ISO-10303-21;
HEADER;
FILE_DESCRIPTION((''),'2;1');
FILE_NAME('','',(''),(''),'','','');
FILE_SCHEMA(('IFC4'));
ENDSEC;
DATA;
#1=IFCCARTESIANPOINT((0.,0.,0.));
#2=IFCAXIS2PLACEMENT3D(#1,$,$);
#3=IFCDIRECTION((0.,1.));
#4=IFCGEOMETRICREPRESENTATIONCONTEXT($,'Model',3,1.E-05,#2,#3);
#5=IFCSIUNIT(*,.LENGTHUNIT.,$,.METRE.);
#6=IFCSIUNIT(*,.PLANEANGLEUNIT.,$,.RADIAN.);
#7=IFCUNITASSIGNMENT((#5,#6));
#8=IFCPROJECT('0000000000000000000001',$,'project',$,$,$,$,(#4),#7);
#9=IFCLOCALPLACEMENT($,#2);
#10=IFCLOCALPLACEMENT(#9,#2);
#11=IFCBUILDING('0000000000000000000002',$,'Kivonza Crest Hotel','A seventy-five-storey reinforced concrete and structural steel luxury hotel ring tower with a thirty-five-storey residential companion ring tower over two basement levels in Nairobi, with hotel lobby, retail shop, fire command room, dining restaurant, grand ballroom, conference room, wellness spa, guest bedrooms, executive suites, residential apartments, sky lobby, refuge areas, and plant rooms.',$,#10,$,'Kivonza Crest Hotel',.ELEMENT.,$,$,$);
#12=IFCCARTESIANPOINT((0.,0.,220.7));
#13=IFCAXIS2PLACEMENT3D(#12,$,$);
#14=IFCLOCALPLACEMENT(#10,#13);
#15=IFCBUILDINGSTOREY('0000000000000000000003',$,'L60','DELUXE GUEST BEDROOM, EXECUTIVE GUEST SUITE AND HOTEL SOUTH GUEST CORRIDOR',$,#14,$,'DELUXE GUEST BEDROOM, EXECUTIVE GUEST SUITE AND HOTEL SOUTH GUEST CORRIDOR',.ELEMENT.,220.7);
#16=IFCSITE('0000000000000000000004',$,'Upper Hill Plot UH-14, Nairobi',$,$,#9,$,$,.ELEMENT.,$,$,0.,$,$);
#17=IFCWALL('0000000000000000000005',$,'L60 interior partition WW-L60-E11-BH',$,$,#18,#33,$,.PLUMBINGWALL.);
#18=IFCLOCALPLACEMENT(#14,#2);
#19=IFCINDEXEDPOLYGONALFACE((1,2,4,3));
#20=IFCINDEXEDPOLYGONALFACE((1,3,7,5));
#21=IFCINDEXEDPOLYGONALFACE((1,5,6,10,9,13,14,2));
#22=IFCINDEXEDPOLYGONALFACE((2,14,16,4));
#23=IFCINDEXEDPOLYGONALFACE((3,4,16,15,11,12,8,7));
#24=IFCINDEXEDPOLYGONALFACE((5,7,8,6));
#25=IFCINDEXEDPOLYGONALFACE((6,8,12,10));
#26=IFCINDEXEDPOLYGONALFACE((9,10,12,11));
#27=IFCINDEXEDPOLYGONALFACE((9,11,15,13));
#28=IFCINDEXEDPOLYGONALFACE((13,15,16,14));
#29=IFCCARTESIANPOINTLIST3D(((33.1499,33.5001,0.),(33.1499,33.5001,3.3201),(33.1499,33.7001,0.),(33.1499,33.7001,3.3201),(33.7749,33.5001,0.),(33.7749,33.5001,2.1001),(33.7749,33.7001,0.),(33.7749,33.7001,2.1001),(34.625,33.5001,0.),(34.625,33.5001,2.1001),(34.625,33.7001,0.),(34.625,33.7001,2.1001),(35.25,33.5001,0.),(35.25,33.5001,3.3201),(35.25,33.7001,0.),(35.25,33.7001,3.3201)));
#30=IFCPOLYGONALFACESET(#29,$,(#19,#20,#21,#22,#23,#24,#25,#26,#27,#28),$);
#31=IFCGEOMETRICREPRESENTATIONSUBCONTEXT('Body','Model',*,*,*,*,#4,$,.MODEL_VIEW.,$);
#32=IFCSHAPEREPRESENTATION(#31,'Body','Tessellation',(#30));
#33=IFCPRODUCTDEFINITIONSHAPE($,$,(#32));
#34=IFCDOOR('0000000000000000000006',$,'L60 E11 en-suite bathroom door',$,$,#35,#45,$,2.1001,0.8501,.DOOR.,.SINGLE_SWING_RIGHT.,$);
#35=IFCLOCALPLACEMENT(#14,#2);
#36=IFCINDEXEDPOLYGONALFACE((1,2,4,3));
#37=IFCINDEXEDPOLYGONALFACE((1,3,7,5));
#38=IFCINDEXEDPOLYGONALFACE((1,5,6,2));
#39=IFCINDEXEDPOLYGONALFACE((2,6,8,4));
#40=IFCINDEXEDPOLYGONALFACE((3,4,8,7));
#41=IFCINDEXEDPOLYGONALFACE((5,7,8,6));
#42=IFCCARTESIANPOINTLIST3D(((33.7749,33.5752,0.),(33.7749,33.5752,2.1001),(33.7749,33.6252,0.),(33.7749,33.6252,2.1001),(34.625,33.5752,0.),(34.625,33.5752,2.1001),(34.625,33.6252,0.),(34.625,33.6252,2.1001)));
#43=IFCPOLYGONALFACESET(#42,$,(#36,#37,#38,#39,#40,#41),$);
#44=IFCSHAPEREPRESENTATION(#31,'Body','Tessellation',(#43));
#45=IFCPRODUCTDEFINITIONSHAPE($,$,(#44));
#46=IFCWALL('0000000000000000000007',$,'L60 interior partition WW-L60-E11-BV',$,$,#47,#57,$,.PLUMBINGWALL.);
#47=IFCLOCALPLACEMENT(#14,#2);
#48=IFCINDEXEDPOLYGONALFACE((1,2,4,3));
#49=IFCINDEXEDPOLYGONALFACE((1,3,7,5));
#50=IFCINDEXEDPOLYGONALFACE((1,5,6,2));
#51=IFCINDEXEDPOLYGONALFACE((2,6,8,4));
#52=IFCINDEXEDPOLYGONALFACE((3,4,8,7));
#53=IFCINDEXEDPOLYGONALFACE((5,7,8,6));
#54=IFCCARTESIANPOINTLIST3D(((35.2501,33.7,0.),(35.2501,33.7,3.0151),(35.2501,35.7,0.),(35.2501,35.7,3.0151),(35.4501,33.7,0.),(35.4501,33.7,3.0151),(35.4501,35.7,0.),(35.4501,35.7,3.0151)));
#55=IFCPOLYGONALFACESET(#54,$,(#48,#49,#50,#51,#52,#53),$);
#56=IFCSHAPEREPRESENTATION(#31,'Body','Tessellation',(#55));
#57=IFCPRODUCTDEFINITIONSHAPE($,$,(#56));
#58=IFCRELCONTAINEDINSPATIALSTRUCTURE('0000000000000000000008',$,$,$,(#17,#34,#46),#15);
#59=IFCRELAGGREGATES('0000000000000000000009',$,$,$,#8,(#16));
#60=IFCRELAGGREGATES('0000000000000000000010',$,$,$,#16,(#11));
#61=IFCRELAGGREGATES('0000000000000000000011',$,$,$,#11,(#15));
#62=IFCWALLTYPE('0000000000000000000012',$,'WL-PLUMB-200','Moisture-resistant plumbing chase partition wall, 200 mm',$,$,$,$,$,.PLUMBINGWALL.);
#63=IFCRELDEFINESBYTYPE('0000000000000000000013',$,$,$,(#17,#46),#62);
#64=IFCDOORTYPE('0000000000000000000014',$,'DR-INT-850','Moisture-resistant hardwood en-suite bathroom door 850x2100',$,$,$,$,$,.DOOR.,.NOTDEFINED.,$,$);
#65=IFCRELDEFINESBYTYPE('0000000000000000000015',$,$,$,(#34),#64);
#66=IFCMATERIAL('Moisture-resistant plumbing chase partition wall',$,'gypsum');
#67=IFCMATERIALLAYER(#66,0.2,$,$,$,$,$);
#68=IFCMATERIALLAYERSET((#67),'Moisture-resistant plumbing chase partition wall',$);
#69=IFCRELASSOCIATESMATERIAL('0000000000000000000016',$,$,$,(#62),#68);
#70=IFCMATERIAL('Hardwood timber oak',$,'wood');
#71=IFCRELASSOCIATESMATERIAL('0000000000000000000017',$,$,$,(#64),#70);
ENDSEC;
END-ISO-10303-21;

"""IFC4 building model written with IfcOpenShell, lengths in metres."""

from ifc_helpers import new_model, si_unit, direction, frame, frame_2d, origin, place, context, subcontext, project, spatial, rectangle, extrude, material, layer, layer_set, type_object, element, fill, save


model = new_model("IFC4")

# Units and contexts
model_context = context("Model", 3, precision=1e-05, world=origin(), true_north=direction((0.0, 1.0)))
body_context = subcontext(model_context, "Body", "Model", "MODEL_VIEW")
ifc_project = project(units=[si_unit("LENGTHUNIT", "METRE"), si_unit("PLANEANGLEUNIT", "RADIAN")], contexts=[model_context])

# Site, building, storey
site_placement = place(None, origin())
site = spatial("IfcSite", under=ifc_project, at=site_placement, Name="Upper Hill Plot UH-14, Nairobi", CompositionType="ELEMENT", RefElevation=0.0)
building_placement = place(site_placement, origin())
building = spatial("IfcBuilding", under=site, at=building_placement, Name="Kivonza Crest Hotel", Description="A seventy-five-storey reinforced concrete and structural steel luxury hotel ring tower with a thirty-five-storey residential companion ring tower over two basement levels in Nairobi, with hotel lobby, retail shop, fire command room, dining restaurant, grand ballroom, conference room, wellness spa, guest bedrooms, executive suites, residential apartments, sky lobby, refuge areas, and plant rooms.", LongName="Kivonza Crest Hotel", CompositionType="ELEMENT")
storey_placement = place(building_placement, frame((0.0, 0.0, 220.7)))
storey = spatial("IfcBuildingStorey", under=building, at=storey_placement, Name="L60", Description="DELUXE GUEST BEDROOM, EXECUTIVE GUEST SUITE AND HOTEL SOUTH GUEST CORRIDOR", LongName="DELUXE GUEST BEDROOM, EXECUTIVE GUEST SUITE AND HOTEL SOUTH GUEST CORRIDOR", CompositionType="ELEMENT", Elevation=220.7)

# Shared definitions
ifc_material_1 = material(Name="Hardwood timber oak", Category="wood")

# Wall, opening, door
ifc_material_2 = material(Name="Moisture-resistant plumbing chase partition wall", Category="gypsum")
ifc_layer_1 = layer(ifc_material_2, 0.2)
ifc_layer_set_1 = layer_set([ifc_layer_1], Name="Moisture-resistant plumbing chase partition wall")
wall_type_1 = type_object("IfcWallType", Name="WL-PLUMB-200", Description="Moisture-resistant plumbing chase partition wall, 200 mm", PredefinedType="PLUMBINGWALL", material=ifc_layer_set_1)
wall_1_placement = place(storey_placement, frame((33.1499, 33.6001, 0.0), z_axis=(0.0, 0.0, 1.0), x_axis=(1.0, 0.0, 0.0)))
wall_1 = element("IfcWall", 1, at=wall_1_placement, inside=storey, type_object=wall_type_1, Name="L60 interior partition WW-L60-E11-BH", PredefinedType="PLUMBINGWALL", context=body_context, shape_type="SweptSolid", body=[
    extrude(rectangle(XDim=2.1001, YDim=0.2, at=frame_2d((1.05, 0.0))), origin(), (0.0, 0.0, 1.0), 3.3201),
])
opening_1_placement = place(wall_1_placement, frame((0.625, 0.0, 0.0)))
opening_1 = element("IfcOpeningElement", 2, at=opening_1_placement, cuts=wall_1, PredefinedType="OPENING", context=body_context, shape_type="SweptSolid", body=[
    extrude(rectangle(XDim=0.8501, YDim=2.1001, at=frame_2d((0.425, 1.05))), frame((0.0, 0.1099, 0.0), z_axis=(0.0, -1.0, 0.0), x_axis=(1.0, 0.0, 0.0)), (0.0, 0.0, 1.0), 0.22),
])
door_type_1 = type_object("IfcDoorType", Name="DR-INT-850", Description="Moisture-resistant hardwood en-suite bathroom door 850x2100", OperationType="NOTDEFINED", PredefinedType="DOOR", material=ifc_material_1)
door_1_placement = place(opening_1_placement, frame((0.8501, 0.0, 0.0), z_axis=(0.0, 0.0, 1.0), x_axis=(-1.0, 0.0, 0.0)))
door_1 = element("IfcDoor", 3, at=door_1_placement, inside=storey, type_object=door_type_1, Name="L60 E11 en-suite bathroom door", OperationType="SINGLE_SWING_RIGHT", OverallHeight=2.1001, OverallWidth=0.8501, PredefinedType="DOOR", context=body_context, shape_type="SweptSolid", body=[
    extrude(rectangle(XDim=0.8501, YDim=2.1001, at=frame_2d((0.425, 1.05))), frame((0.0, 0.0249, 0.0), z_axis=(0.0, -1.0, 0.0), x_axis=(1.0, 0.0, 0.0)), (0.0, 0.0, 1.0), 0.05),
])
fill(opening_1, door_1)

# Wall
wall_2_placement = place(storey_placement, frame((35.3501, 33.7, 0.0), z_axis=(0.0, 0.0, 1.0), x_axis=(0.0, 1.0, 0.0)))
element("IfcWall", 4, at=wall_2_placement, inside=storey, type_object=wall_type_1, Name="L60 interior partition WW-L60-E11-BV", PredefinedType="PLUMBINGWALL", context=body_context, shape_type="SweptSolid", body=[
    extrude(rectangle(XDim=2.0, YDim=0.2, at=frame_2d((1.0, 0.0))), origin(), (0.0, 0.0, 1.0), 3.0151),
])

save(model, "model.ifc")
